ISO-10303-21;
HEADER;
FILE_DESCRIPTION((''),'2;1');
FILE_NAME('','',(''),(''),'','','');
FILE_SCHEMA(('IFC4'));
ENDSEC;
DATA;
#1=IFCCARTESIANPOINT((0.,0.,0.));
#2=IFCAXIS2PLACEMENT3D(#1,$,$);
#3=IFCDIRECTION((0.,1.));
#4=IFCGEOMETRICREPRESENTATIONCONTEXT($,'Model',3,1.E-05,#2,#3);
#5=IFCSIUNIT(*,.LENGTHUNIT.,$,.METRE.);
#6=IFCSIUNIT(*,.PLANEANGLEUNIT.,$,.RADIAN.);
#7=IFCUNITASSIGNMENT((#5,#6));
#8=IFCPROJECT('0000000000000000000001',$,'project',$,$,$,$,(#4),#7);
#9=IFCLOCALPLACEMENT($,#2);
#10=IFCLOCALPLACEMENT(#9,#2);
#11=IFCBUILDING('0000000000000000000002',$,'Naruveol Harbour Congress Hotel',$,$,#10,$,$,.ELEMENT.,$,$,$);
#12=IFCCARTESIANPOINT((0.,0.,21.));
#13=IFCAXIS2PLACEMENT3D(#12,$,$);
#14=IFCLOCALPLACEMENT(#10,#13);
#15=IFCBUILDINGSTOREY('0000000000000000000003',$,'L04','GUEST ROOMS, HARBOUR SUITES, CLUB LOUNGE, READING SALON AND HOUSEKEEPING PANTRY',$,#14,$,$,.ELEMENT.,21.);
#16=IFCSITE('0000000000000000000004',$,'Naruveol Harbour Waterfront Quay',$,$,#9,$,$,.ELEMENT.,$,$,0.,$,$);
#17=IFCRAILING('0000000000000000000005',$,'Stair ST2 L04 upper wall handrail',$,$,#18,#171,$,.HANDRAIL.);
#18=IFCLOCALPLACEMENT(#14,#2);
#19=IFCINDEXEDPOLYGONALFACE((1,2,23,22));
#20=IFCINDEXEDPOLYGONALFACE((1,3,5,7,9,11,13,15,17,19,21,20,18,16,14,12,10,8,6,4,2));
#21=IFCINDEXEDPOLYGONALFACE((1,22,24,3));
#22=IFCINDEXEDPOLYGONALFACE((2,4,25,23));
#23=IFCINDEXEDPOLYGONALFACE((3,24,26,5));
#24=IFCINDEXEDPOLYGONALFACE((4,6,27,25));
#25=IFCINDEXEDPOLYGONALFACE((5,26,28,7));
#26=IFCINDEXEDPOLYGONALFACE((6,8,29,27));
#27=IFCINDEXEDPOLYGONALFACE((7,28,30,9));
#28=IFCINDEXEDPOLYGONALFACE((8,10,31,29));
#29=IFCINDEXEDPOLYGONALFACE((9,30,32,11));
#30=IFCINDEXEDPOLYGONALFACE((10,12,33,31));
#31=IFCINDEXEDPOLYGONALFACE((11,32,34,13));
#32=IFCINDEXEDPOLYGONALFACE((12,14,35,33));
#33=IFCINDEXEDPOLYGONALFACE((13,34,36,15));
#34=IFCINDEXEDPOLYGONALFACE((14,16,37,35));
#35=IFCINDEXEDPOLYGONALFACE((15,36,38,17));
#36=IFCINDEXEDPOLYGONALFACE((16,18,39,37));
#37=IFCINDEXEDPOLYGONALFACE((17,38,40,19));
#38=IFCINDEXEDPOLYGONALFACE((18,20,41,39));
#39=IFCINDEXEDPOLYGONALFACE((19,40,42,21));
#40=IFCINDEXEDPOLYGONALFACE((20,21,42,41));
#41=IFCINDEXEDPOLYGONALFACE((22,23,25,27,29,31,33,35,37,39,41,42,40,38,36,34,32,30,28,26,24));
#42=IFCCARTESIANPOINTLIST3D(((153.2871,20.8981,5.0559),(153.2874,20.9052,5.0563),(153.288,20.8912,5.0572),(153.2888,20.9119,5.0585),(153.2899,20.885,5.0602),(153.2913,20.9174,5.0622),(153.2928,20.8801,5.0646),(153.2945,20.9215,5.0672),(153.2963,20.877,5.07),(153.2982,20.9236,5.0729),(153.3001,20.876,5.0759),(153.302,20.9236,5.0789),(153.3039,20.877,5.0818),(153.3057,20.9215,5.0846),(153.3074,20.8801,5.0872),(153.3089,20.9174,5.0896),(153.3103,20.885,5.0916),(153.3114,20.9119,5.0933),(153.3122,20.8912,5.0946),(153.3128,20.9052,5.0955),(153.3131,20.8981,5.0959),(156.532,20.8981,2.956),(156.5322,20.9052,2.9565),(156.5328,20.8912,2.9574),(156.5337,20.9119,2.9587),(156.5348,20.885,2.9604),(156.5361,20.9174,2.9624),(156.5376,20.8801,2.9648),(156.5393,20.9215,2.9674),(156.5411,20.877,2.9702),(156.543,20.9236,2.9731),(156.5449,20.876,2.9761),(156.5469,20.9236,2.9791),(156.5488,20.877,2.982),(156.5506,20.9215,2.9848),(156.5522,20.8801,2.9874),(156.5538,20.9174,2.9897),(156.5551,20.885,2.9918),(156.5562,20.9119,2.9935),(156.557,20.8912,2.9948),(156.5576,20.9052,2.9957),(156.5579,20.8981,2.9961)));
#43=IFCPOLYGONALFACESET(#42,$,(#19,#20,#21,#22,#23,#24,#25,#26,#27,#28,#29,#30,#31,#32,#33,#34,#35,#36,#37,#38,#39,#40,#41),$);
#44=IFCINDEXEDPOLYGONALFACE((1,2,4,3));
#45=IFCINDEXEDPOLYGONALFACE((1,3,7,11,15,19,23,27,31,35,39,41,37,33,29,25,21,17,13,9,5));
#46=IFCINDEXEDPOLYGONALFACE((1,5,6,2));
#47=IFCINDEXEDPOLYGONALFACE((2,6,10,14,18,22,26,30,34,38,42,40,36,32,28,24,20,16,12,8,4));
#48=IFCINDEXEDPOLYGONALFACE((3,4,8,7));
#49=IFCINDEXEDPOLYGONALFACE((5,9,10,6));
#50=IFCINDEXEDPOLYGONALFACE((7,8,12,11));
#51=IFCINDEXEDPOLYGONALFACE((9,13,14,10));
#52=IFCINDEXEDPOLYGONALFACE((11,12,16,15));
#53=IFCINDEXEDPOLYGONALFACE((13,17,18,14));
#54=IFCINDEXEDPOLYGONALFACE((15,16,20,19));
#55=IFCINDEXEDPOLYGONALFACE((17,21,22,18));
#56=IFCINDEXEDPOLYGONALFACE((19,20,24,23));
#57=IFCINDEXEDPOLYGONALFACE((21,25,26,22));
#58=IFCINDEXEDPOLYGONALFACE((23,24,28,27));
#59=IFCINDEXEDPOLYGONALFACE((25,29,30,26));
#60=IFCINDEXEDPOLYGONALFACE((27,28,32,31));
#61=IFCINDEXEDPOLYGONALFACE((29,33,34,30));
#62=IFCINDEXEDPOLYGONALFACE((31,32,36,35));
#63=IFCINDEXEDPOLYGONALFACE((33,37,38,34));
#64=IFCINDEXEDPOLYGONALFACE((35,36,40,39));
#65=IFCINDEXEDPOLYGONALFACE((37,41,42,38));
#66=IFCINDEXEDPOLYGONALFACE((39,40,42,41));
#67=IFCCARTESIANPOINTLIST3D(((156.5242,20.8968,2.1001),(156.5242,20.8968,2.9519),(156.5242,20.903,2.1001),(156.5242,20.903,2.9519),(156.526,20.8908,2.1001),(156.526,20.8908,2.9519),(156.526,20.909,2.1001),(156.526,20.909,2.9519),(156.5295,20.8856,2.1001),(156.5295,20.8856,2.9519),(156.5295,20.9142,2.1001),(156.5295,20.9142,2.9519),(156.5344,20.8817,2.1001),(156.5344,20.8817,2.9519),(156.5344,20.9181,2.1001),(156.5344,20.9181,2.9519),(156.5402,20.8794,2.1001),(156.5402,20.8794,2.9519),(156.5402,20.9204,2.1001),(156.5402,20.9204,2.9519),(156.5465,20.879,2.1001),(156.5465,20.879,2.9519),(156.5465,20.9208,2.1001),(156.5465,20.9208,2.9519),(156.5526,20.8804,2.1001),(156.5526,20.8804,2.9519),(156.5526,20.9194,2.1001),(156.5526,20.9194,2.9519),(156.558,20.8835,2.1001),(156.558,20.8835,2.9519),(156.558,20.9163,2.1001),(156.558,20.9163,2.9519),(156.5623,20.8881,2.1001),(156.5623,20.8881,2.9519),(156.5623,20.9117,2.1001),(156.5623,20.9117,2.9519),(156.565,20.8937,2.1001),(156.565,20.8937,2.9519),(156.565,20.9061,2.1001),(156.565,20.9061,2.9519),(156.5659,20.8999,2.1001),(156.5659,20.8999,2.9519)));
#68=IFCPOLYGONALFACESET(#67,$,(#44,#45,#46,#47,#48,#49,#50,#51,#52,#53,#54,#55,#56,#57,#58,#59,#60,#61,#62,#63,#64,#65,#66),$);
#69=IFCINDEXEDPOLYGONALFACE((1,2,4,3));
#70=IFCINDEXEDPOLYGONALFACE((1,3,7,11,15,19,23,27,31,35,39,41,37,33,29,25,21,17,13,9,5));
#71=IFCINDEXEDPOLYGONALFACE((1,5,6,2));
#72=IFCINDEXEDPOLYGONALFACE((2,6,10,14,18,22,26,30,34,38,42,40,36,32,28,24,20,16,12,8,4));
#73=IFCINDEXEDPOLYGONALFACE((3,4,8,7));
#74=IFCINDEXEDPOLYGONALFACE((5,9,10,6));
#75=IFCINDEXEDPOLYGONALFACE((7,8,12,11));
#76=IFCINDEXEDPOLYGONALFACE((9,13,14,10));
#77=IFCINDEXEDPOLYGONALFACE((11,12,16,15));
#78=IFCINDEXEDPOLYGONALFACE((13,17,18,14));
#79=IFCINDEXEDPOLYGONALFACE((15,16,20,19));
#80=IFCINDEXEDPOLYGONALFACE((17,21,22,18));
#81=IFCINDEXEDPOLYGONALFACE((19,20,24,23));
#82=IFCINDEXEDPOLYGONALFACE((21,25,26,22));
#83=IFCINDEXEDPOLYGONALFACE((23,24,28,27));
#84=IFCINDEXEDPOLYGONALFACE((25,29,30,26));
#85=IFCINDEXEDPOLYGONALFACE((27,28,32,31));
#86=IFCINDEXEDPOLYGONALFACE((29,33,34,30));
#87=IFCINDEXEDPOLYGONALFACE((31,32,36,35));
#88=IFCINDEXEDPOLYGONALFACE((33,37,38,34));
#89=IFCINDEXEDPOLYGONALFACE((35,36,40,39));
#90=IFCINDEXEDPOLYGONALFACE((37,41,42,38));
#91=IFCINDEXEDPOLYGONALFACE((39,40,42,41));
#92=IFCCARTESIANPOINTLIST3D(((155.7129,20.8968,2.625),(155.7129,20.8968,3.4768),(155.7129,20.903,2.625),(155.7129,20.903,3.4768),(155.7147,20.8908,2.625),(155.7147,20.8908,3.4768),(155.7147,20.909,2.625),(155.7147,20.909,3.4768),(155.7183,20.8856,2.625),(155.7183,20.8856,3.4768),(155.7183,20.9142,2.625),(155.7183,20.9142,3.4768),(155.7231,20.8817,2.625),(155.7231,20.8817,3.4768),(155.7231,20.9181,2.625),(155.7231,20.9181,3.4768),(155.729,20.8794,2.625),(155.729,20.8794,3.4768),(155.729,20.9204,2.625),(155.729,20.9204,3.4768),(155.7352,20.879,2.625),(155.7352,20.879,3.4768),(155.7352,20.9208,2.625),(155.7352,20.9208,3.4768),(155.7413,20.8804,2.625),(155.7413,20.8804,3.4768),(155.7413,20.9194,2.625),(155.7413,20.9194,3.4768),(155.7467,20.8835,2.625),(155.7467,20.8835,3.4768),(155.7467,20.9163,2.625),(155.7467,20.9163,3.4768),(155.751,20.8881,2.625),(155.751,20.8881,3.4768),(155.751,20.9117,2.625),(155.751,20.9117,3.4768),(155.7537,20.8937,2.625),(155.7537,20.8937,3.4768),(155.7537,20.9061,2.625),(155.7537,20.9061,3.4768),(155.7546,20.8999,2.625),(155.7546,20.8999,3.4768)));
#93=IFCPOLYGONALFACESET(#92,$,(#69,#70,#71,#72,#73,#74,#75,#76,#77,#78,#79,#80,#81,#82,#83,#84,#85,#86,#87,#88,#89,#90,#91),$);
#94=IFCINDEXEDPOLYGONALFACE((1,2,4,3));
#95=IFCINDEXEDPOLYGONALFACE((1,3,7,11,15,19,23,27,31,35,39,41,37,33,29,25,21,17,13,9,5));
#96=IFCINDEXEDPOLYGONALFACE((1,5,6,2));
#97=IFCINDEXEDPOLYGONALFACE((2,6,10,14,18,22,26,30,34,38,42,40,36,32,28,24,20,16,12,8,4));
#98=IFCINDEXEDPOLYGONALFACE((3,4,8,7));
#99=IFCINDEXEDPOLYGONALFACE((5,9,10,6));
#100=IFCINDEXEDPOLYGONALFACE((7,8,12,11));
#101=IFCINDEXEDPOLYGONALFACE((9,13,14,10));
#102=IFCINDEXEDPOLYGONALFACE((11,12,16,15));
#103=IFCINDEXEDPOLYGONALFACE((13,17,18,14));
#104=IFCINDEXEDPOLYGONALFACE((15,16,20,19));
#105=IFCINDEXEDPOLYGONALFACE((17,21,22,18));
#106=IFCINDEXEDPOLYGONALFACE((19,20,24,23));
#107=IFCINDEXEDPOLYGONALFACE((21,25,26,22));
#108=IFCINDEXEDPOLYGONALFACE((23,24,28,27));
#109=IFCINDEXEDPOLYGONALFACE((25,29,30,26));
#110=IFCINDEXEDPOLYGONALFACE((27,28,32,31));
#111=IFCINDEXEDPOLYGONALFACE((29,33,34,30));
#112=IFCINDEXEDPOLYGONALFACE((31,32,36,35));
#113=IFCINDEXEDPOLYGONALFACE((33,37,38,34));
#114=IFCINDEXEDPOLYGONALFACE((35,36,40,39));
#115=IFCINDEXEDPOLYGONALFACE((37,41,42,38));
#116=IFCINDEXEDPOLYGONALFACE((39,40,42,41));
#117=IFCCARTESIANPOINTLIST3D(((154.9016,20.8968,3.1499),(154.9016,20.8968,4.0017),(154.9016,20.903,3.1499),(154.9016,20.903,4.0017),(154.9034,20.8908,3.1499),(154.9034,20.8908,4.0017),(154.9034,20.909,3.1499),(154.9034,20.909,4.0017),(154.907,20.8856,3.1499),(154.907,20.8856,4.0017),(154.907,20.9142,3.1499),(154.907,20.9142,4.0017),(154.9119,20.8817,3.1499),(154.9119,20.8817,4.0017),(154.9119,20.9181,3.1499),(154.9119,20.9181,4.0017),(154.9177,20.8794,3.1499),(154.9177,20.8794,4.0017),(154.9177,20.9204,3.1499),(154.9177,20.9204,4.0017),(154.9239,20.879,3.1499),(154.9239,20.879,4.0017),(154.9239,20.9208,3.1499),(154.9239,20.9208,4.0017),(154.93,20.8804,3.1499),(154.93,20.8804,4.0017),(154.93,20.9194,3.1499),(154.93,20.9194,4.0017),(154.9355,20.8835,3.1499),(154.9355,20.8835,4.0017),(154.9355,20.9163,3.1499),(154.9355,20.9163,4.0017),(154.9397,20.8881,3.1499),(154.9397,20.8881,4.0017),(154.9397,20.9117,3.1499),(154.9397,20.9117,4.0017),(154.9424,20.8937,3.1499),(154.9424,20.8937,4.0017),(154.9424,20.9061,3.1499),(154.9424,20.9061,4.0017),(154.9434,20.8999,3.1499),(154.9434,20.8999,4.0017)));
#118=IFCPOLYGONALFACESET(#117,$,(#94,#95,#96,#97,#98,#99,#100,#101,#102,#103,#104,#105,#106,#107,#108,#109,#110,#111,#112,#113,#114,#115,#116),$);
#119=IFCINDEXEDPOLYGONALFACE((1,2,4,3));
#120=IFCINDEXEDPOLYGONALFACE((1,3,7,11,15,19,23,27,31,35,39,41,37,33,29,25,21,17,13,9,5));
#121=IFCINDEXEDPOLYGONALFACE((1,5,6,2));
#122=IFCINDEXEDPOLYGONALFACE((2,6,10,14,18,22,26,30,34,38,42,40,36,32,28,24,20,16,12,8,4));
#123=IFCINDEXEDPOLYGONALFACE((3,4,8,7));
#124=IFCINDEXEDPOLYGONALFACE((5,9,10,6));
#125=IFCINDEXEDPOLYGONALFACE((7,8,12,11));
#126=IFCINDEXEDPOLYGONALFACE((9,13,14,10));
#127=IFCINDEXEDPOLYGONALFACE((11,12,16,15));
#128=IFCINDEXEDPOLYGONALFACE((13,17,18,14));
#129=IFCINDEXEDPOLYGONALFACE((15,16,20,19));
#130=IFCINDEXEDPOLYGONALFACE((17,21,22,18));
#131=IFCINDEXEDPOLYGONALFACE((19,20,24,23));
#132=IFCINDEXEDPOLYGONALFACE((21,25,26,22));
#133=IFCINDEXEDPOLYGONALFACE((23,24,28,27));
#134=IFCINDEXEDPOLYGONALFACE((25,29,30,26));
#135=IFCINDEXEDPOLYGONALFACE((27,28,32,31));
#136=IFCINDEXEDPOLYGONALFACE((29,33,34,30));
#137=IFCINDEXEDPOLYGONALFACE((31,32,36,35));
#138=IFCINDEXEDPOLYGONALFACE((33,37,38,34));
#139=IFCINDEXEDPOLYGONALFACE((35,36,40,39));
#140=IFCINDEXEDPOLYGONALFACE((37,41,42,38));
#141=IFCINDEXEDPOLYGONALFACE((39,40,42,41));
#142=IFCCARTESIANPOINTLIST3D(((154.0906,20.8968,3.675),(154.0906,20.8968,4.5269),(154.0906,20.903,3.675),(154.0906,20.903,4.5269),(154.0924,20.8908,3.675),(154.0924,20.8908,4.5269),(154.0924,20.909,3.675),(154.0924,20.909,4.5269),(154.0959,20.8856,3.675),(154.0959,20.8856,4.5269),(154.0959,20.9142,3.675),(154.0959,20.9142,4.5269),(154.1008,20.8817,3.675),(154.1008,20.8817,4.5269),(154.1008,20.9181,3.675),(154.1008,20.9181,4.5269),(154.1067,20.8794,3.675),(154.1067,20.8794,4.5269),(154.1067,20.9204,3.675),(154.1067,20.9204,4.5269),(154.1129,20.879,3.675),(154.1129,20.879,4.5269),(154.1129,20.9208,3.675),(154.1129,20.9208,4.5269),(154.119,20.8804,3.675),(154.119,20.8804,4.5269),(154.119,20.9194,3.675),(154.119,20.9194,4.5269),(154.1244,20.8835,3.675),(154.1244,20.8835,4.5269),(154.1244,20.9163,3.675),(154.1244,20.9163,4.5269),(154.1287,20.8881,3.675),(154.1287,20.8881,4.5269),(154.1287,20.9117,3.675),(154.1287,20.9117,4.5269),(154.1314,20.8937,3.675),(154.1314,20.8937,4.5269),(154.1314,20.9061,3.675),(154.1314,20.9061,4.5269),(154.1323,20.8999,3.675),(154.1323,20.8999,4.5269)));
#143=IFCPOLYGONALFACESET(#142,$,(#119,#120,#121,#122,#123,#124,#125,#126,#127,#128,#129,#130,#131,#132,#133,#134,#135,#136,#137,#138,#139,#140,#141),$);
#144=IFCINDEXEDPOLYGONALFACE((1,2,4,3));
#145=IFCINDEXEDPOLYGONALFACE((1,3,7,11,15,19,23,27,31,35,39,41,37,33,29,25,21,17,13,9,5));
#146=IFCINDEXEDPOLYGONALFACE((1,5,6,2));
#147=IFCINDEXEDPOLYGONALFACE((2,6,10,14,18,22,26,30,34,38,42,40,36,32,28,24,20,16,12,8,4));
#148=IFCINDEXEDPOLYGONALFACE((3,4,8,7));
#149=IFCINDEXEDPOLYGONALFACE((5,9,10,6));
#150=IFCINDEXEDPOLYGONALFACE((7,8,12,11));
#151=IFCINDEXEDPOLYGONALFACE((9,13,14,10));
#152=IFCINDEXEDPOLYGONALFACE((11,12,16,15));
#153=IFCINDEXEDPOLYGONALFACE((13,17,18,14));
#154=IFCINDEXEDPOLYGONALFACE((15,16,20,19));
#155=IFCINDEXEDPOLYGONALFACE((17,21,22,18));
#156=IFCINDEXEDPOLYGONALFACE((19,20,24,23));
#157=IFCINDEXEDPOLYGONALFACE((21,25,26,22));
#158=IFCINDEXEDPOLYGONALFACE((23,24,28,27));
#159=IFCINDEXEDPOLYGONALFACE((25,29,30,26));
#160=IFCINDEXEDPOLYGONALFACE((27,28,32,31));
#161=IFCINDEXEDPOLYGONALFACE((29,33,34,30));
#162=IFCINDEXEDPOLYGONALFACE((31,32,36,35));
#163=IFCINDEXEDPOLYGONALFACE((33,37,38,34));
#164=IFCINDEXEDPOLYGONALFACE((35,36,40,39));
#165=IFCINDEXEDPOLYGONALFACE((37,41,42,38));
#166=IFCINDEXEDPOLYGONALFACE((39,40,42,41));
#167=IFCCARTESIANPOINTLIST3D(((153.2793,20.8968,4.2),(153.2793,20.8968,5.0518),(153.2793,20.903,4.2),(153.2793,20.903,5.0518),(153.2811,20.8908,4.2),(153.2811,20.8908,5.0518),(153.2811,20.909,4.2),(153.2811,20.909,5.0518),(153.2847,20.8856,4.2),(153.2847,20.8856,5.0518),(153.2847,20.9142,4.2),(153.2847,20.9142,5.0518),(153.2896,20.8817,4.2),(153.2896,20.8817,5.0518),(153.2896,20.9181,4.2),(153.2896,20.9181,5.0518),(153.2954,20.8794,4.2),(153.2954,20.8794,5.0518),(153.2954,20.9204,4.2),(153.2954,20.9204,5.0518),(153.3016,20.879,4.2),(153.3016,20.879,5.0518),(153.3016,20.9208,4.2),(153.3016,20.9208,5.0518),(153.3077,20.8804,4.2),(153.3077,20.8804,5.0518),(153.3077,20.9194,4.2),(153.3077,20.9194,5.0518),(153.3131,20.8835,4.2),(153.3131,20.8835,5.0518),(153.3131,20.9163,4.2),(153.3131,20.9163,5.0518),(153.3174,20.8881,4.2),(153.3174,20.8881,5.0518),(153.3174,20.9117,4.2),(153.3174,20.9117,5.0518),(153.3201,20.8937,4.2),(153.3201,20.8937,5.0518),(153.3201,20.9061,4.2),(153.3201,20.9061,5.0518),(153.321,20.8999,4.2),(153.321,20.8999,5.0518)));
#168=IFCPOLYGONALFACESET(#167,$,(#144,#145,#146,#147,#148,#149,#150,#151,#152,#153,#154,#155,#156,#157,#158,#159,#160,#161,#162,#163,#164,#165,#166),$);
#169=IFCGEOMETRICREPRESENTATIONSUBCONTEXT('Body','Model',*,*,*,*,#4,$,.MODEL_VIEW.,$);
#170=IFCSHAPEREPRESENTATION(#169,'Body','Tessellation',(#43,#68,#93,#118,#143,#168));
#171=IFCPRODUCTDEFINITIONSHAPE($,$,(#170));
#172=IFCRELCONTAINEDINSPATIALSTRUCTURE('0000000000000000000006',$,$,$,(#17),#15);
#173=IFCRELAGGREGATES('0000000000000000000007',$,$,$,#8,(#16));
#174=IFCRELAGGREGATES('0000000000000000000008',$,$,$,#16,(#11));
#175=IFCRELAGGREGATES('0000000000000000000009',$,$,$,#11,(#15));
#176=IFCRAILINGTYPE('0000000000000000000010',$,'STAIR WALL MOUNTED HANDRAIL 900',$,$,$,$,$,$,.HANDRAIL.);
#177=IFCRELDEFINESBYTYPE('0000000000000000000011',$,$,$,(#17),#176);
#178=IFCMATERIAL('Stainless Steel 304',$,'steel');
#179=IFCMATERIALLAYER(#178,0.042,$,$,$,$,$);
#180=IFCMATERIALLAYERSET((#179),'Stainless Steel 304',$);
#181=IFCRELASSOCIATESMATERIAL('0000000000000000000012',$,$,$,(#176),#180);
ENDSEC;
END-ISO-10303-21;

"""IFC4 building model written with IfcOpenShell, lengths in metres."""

from ifc_helpers import new_model, si_unit, direction, frame, origin, origin_2d, place, context, subcontext, project, spatial, circle, extrude, material, layer, layer_set, type_object, element, save


model = new_model("IFC4")

# Units and contexts
model_context = context("Model", 3, precision=1e-05, world=origin(), true_north=direction((0.0, 1.0)))
body_context = subcontext(model_context, "Body", "Model", "MODEL_VIEW")
ifc_project = project(units=[si_unit("LENGTHUNIT", "METRE"), si_unit("PLANEANGLEUNIT", "RADIAN")], contexts=[model_context])

# Site, building, storey
site_placement = place(None, origin())
site = spatial("IfcSite", under=ifc_project, at=site_placement, Name="Naruveol Harbour Waterfront Quay", CompositionType="ELEMENT", RefElevation=0.0)
building_placement = place(site_placement, origin())
building = spatial("IfcBuilding", under=site, at=building_placement, Name="Naruveol Harbour Congress Hotel", CompositionType="ELEMENT")
storey_placement = place(building_placement, frame((0.0, 0.0, 21.0)))
storey = spatial("IfcBuildingStorey", under=building, at=storey_placement, Name="L04", Description="GUEST ROOMS, HARBOUR SUITES, CLUB LOUNGE, READING SALON AND HOUSEKEEPING PANTRY", CompositionType="ELEMENT", Elevation=21.0)

# Railing
ifc_material_1 = material(Name="Stainless Steel 304", Category="steel")
ifc_layer_1 = layer(ifc_material_1, 0.042)
ifc_layer_set_1 = layer_set([ifc_layer_1], Name="Stainless Steel 304")
railing_type_1 = type_object("IfcRailingType", Name="STAIR WALL MOUNTED HANDRAIL 900", PredefinedType="HANDRAIL", material=ifc_layer_set_1)
railing_1_placement = place(storey_placement, frame((156.5449, 20.8999, 2.1001)))
element("IfcRailing", 1, at=railing_1_placement, inside=storey, type_object=railing_type_1, Name="Stair ST2 L04 upper wall handrail", PredefinedType="HANDRAIL", context=body_context, shape_type="SweptSolid", body=[
    extrude(circle(Radius=0.0239, at=origin_2d()), frame((0.0, 0.0, 0.876), z_axis=(-0.839543, 0.0, 0.543293), x_axis=(0.0, -1.0, 0.0)), (0.0, 0.0, 1.0), 3.865),
    extrude(circle(Radius=0.021, at=origin_2d()), origin(), (0.0, 0.0, 1.0), 0.8518),
    extrude(circle(Radius=0.021, at=origin_2d()), frame((-0.8113, 0.0, 0.5249)), (0.0, 0.0, 1.0), 0.8518),
    extrude(circle(Radius=0.021, at=origin_2d()), frame((-1.6226, 0.0, 1.0498)), (0.0, 0.0, 1.0), 0.8518),
    extrude(circle(Radius=0.021, at=origin_2d()), frame((-2.4336, 0.0, 1.575)), (0.0, 0.0, 1.0), 0.8518),
    extrude(circle(Radius=0.021, at=origin_2d()), frame((-3.2449, 0.0, 2.0999)), (0.0, 0.0, 1.0), 0.8518),
])

save(model, "model.ifc")
